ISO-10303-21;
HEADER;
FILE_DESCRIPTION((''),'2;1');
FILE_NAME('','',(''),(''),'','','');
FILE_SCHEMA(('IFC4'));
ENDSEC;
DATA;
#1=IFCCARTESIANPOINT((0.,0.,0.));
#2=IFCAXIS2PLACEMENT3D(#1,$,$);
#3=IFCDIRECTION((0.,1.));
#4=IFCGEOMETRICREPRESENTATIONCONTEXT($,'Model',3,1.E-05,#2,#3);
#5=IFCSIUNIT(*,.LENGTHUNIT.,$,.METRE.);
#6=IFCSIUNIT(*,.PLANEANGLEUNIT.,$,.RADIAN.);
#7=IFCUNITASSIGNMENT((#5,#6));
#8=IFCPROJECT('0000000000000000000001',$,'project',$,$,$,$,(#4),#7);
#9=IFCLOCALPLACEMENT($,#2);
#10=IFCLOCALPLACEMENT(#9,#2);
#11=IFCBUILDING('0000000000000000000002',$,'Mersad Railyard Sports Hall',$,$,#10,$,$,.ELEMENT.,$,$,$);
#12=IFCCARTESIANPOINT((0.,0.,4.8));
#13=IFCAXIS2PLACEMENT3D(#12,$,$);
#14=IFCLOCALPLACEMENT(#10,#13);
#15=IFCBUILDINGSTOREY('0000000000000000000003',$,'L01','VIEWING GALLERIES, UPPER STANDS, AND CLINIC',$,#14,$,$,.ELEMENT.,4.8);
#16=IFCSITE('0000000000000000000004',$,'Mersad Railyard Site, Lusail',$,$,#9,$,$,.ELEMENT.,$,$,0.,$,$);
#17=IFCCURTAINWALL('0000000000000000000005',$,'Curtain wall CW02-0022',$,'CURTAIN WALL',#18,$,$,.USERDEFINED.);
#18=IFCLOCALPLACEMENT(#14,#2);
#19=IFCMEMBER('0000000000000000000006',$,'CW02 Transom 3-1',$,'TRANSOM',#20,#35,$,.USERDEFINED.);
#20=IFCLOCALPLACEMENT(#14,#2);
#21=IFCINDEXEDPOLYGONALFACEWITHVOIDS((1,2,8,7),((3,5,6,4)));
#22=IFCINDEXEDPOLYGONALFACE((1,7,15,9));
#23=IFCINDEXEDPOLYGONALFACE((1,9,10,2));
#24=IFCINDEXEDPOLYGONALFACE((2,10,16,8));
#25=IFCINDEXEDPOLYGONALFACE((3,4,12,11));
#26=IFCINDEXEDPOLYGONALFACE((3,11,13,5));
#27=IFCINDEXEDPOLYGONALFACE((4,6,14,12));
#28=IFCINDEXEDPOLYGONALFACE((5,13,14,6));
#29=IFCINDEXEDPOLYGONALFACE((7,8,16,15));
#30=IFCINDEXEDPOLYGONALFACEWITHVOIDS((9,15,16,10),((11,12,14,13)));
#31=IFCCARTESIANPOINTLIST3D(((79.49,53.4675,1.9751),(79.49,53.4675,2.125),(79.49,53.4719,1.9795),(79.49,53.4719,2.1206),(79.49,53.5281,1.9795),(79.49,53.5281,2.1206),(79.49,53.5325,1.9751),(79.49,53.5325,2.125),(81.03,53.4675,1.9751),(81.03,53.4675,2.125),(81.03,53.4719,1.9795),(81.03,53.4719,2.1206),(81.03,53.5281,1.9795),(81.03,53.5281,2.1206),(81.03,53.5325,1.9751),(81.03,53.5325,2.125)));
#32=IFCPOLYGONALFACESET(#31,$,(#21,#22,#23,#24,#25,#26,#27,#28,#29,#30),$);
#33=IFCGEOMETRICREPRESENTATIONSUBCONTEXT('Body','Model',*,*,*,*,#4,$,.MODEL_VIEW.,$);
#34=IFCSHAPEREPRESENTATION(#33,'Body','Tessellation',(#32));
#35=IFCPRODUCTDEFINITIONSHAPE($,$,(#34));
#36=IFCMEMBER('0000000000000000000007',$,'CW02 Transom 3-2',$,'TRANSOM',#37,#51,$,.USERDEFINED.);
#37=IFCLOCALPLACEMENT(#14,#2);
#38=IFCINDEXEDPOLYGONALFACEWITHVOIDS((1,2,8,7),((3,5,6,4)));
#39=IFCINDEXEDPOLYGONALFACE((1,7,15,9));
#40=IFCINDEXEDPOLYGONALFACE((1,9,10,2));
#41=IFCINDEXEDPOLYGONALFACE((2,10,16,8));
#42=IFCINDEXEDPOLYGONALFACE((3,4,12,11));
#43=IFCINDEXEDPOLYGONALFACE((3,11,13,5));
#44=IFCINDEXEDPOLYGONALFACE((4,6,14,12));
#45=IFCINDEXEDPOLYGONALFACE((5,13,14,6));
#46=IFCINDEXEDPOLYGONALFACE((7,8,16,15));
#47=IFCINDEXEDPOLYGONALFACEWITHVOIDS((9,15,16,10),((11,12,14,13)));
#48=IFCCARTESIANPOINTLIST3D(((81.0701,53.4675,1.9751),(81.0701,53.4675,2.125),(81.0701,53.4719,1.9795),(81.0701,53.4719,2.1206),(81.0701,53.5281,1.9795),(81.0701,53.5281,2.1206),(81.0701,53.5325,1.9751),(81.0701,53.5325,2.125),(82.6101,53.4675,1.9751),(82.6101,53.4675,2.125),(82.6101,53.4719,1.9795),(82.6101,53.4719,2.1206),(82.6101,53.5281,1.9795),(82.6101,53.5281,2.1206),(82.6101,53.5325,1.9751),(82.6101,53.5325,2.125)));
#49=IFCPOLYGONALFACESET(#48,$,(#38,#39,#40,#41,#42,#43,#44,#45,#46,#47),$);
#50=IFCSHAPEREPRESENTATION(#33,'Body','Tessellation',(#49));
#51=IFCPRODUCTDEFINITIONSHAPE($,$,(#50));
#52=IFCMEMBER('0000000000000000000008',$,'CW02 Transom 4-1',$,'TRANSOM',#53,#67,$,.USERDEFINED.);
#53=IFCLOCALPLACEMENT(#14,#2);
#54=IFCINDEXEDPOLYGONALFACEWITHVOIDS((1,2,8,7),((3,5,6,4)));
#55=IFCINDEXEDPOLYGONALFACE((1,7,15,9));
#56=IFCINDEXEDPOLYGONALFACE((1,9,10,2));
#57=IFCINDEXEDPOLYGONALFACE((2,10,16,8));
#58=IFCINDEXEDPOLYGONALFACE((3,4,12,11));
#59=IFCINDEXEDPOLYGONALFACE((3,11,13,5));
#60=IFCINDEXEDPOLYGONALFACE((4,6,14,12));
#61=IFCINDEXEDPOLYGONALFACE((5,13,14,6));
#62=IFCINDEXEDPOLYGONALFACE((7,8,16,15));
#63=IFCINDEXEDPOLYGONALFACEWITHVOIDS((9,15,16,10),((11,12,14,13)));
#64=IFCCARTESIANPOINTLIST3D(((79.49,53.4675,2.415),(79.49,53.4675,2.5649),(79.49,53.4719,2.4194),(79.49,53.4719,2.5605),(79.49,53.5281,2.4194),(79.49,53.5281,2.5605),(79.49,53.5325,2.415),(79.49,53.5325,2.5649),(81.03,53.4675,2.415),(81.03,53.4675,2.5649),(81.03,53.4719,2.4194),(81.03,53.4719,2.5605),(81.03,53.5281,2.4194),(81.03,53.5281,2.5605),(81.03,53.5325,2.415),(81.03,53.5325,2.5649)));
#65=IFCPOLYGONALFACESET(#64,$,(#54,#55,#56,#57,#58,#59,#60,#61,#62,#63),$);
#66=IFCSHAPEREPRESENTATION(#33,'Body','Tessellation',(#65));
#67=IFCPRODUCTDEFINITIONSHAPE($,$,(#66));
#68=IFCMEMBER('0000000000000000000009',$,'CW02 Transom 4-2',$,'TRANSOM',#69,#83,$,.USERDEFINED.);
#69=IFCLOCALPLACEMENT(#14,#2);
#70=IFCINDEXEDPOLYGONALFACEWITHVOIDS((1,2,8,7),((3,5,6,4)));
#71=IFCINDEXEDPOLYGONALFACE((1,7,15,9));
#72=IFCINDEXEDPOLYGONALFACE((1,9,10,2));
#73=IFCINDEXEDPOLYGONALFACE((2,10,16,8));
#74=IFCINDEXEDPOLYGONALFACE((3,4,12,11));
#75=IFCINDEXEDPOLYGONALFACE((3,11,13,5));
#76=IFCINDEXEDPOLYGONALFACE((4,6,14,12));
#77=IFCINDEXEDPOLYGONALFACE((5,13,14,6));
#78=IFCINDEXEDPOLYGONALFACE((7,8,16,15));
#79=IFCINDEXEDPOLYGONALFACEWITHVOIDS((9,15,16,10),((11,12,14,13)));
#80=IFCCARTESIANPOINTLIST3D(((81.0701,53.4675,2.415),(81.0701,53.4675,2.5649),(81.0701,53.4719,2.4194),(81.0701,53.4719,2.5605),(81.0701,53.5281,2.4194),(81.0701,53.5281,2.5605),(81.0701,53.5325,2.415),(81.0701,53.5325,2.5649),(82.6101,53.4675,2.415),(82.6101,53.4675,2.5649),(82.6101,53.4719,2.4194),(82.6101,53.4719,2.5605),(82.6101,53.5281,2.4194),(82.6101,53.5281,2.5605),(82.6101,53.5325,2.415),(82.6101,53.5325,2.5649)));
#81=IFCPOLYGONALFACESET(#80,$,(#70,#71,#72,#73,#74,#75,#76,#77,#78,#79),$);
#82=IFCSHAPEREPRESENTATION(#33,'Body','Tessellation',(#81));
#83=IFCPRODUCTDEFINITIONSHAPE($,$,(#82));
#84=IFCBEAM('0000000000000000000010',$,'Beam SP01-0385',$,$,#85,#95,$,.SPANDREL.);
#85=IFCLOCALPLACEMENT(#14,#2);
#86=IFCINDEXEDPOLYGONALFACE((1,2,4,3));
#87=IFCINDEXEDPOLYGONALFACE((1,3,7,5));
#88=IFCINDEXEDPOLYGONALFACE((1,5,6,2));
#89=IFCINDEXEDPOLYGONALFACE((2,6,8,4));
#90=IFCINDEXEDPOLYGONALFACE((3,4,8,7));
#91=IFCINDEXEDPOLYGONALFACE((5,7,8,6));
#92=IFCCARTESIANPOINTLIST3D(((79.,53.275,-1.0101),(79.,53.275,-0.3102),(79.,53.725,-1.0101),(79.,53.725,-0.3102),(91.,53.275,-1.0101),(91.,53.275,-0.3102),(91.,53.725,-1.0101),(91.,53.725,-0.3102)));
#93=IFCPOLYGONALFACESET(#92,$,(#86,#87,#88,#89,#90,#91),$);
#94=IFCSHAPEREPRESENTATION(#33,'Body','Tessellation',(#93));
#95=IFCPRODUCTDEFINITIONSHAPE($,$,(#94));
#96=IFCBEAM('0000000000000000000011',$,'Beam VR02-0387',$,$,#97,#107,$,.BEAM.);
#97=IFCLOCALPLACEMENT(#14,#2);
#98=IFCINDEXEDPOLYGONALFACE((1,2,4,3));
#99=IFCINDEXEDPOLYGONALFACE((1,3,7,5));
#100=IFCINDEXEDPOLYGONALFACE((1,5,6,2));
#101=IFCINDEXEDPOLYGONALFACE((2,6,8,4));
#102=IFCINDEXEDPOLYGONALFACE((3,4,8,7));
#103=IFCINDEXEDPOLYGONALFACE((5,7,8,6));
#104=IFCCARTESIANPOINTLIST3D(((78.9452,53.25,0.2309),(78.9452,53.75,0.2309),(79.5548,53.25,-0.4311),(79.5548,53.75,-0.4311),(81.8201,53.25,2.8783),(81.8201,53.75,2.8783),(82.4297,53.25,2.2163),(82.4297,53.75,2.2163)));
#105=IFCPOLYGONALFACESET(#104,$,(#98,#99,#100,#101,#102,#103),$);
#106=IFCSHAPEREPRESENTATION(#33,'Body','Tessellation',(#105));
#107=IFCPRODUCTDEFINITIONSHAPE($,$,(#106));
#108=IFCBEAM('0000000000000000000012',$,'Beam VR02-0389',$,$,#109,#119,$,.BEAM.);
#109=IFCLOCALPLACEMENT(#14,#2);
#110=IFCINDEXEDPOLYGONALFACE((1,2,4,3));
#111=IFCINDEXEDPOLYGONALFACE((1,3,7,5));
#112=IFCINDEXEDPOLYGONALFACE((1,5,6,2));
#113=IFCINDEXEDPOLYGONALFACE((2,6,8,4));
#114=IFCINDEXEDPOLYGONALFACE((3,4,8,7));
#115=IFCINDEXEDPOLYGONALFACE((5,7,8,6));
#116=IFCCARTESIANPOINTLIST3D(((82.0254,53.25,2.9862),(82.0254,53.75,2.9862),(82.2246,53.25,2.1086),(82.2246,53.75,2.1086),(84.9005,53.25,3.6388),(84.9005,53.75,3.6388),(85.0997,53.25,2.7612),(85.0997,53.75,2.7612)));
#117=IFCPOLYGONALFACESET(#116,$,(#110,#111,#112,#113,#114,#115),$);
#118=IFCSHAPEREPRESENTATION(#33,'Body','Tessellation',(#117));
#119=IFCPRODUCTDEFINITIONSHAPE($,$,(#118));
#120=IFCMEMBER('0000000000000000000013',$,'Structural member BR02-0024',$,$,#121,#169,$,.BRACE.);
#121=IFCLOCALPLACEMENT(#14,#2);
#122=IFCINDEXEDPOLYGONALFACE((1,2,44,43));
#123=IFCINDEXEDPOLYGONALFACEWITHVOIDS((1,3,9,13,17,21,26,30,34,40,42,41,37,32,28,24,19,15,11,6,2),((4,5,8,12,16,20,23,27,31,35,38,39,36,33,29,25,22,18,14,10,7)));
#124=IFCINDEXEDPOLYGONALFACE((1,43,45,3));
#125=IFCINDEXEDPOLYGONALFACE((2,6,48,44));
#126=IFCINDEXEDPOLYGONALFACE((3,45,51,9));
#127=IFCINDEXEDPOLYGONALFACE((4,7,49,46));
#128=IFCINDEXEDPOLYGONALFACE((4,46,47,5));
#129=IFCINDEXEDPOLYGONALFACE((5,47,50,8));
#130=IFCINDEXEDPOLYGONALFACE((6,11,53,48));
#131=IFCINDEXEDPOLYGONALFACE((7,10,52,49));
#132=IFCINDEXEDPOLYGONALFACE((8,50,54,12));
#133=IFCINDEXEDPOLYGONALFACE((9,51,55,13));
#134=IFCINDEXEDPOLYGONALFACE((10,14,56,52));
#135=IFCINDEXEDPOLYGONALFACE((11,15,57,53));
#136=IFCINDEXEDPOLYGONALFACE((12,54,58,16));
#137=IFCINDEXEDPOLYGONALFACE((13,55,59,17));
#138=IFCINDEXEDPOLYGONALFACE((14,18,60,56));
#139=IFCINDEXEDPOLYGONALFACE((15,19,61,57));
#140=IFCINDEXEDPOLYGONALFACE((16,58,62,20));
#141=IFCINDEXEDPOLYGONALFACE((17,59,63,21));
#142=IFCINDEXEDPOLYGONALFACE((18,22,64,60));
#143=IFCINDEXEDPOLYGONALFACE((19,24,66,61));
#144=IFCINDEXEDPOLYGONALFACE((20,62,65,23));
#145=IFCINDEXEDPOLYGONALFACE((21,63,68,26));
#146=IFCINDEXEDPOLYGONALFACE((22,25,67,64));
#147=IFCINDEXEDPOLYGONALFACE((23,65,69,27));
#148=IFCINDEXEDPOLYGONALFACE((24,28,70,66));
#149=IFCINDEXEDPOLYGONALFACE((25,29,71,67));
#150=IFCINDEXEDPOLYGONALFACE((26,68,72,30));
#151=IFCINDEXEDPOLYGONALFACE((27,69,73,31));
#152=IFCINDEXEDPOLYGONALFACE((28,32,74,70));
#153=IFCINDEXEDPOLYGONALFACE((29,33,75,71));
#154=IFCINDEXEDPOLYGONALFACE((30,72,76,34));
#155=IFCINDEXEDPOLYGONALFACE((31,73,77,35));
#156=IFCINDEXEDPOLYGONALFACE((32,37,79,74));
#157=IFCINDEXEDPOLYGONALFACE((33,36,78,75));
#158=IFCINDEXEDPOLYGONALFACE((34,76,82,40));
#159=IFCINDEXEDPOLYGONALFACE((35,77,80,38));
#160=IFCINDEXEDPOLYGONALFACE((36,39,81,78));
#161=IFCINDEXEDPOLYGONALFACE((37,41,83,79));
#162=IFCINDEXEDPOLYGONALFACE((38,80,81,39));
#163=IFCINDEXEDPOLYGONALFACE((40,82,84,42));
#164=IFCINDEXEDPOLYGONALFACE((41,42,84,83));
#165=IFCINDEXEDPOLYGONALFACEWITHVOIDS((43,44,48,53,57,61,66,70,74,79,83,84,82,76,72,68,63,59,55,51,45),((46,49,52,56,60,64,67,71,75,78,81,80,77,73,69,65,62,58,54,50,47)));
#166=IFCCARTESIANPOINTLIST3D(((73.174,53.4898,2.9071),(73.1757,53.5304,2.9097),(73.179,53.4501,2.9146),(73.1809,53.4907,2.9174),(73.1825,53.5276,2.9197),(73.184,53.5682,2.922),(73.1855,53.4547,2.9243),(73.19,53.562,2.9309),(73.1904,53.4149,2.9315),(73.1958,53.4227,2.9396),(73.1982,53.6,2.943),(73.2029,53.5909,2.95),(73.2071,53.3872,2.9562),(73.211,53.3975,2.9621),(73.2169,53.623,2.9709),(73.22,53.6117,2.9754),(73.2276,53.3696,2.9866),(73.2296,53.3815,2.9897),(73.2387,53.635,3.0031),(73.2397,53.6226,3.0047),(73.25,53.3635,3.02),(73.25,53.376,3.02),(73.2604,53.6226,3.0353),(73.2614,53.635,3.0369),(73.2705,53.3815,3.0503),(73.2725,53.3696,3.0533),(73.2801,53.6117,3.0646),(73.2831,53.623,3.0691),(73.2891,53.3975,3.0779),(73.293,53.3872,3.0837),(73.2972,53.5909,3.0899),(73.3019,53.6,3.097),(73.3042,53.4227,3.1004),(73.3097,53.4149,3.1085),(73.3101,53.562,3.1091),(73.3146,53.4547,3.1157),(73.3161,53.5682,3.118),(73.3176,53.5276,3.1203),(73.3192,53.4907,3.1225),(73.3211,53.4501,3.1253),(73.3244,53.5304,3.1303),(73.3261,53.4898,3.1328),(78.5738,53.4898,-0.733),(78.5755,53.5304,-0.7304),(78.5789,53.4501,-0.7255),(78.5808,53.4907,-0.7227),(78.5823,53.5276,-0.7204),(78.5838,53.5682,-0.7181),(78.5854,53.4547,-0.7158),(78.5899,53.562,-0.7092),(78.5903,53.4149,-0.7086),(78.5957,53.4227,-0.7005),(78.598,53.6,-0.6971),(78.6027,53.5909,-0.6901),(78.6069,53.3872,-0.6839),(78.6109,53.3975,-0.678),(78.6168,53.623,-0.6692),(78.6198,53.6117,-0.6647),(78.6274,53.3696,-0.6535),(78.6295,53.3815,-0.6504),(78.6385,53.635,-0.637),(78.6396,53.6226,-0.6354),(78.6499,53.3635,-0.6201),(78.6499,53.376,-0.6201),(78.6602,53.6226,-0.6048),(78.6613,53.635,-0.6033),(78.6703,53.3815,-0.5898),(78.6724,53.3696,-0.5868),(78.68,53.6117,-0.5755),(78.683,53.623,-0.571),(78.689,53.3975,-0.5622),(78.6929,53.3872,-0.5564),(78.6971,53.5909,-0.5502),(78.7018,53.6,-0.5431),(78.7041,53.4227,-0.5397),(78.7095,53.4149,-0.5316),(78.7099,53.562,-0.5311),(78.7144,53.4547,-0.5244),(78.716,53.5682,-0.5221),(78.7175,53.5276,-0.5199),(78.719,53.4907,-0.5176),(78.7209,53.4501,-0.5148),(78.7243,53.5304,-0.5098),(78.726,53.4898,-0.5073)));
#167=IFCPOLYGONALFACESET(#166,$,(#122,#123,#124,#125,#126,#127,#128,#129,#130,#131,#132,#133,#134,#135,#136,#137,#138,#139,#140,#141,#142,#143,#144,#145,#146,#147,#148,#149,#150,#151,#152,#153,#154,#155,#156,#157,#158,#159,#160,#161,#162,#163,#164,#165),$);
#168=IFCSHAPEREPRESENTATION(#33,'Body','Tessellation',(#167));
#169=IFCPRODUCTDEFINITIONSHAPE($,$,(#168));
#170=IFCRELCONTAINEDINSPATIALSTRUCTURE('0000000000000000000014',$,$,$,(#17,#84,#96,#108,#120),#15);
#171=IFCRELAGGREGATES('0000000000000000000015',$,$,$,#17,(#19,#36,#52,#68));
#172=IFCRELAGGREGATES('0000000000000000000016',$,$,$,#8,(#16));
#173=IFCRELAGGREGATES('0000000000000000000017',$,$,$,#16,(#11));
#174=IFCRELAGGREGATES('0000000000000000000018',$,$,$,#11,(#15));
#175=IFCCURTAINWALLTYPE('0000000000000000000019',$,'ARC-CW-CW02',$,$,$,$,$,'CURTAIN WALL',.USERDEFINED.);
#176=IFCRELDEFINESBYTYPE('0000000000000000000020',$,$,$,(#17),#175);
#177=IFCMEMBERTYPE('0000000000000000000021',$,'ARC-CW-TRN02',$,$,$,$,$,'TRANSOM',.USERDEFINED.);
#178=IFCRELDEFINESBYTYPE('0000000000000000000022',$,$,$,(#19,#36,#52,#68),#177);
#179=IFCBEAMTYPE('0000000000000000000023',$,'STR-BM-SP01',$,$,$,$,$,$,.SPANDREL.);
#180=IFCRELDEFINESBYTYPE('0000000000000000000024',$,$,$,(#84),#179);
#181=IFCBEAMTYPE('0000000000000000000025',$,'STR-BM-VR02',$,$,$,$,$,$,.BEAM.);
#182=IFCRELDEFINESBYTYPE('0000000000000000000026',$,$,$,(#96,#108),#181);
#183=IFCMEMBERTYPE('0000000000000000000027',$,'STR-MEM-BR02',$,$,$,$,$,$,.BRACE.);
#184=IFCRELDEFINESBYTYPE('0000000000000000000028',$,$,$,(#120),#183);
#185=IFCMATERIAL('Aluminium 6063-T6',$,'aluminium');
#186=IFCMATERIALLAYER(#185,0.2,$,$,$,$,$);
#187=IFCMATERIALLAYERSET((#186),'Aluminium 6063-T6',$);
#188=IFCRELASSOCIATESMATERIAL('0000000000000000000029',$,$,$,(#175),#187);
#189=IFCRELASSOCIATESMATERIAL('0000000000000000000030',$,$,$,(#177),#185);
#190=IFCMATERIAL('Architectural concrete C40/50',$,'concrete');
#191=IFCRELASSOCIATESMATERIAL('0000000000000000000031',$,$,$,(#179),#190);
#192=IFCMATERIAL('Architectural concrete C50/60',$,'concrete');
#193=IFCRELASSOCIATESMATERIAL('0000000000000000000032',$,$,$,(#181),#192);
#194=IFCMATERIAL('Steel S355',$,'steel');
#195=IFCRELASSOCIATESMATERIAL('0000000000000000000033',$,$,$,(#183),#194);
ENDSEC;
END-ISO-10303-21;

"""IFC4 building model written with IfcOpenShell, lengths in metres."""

from ifc_helpers import new_model, si_unit, direction, frame, origin, origin_2d, place, context, subcontext, project, spatial, rectangle, hollow_rectangle, hollow_circle, extrude, material, layer, layer_set, material_profile, profile_set, type_object, element, aggregate, save


model = new_model("IFC4")

# Units and contexts
model_context = context("Model", 3, precision=1e-05, world=origin(), true_north=direction((0.0, 1.0)))
body_context = subcontext(model_context, "Body", "Model", "MODEL_VIEW")
ifc_project = project(units=[si_unit("LENGTHUNIT", "METRE"), si_unit("PLANEANGLEUNIT", "RADIAN")], contexts=[model_context])

# Site, building, storey
site_placement = place(None, origin())
site = spatial("IfcSite", under=ifc_project, at=site_placement, Name="Mersad Railyard Site, Lusail", CompositionType="ELEMENT", RefElevation=0.0)
building_placement = place(site_placement, origin())
building = spatial("IfcBuilding", under=site, at=building_placement, Name="Mersad Railyard Sports Hall", CompositionType="ELEMENT")
storey_placement = place(building_placement, frame((0.0, 0.0, 4.8)))
storey = spatial("IfcBuildingStorey", under=building, at=storey_placement, Name="L01", Description="VIEWING GALLERIES, UPPER STANDS, AND CLINIC", CompositionType="ELEMENT", Elevation=4.8)

# Shared definitions
ifc_material_1 = material(Name="Architectural concrete C50/60", Category="concrete")

# Shared definitions
ifc_material_2 = material(Name="Aluminium 6063-T6", Category="aluminium")
ifc_layer_1 = layer(ifc_material_2, 0.2)
ifc_layer_set_1 = layer_set([ifc_layer_1], Name="Aluminium 6063-T6")
curtain_wall_type = type_object("IfcCurtainWallType", Name="ARC-CW-CW02", ElementType="CURTAIN WALL", PredefinedType="USERDEFINED", material=ifc_layer_set_1)

# Curtain wall, members
curtain_wall_1_placement = place(storey_placement, origin())
curtain_wall_1 = element("IfcCurtainWall", 1, at=curtain_wall_1_placement, inside=storey, type_object=curtain_wall_type, Name="Curtain wall CW02-0022", ObjectType="CURTAIN WALL", PredefinedType="USERDEFINED")
ifc_material_profile_1 = material_profile(ifc_material_2, hollow_rectangle(XDim=0.0649, YDim=0.1499, WallThickness=0.0044, at=origin_2d()), Name="AL TRANSOM 65x150x4.5")
ifc_profile_set_1 = profile_set([ifc_material_profile_1], Name="Aluminium 6063-T6")
member_type_1 = type_object("IfcMemberType", Name="ARC-CW-TRN02", ElementType="TRANSOM", PredefinedType="USERDEFINED", material=ifc_profile_set_1)
member_1_placement = place(storey_placement, frame((79.49, 53.5, 2.05), z_axis=(1.0, 0.0, 0.0), x_axis=(0.0, 1.0, 0.0)))
member_1 = element("IfcMember", 2, at=member_1_placement, type_object=member_type_1, Name="CW02 Transom 3-1", ObjectType="TRANSOM", PredefinedType="USERDEFINED", context=body_context, shape_type="SweptSolid", body=[
    extrude(hollow_rectangle(XDim=0.0649, YDim=0.1499, WallThickness=0.0044, at=origin_2d()), origin(), (0.0, 0.0, 1.0), 1.54),
])
member_2_placement = place(storey_placement, frame((81.0701, 53.5, 2.05), z_axis=(1.0, 0.0, 0.0), x_axis=(0.0, 1.0, 0.0)))
member_2 = element("IfcMember", 3, at=member_2_placement, type_object=member_type_1, Name="CW02 Transom 3-2", ObjectType="TRANSOM", PredefinedType="USERDEFINED", context=body_context, shape_type="SweptSolid", body=[
    extrude(hollow_rectangle(XDim=0.0649, YDim=0.1499, WallThickness=0.0044, at=origin_2d()), origin(), (0.0, 0.0, 1.0), 1.54),
])
member_3_placement = place(storey_placement, frame((79.49, 53.5, 2.49), z_axis=(1.0, 0.0, 0.0), x_axis=(0.0, 1.0, 0.0)))
member_3 = element("IfcMember", 4, at=member_3_placement, type_object=member_type_1, Name="CW02 Transom 4-1", ObjectType="TRANSOM", PredefinedType="USERDEFINED", context=body_context, shape_type="SweptSolid", body=[
    extrude(hollow_rectangle(XDim=0.0649, YDim=0.1499, WallThickness=0.0044, at=origin_2d()), origin(), (0.0, 0.0, 1.0), 1.54),
])
member_4_placement = place(storey_placement, frame((81.0701, 53.5, 2.49), z_axis=(1.0, 0.0, 0.0), x_axis=(0.0, 1.0, 0.0)))
member_4 = element("IfcMember", 5, at=member_4_placement, type_object=member_type_1, Name="CW02 Transom 4-2", ObjectType="TRANSOM", PredefinedType="USERDEFINED", context=body_context, shape_type="SweptSolid", body=[
    extrude(hollow_rectangle(XDim=0.0649, YDim=0.1499, WallThickness=0.0044, at=origin_2d()), origin(), (0.0, 0.0, 1.0), 1.54),
])

# Beams
ifc_material_3 = material(Name="Architectural concrete C40/50", Category="concrete")
ifc_material_profile_2 = material_profile(ifc_material_3, rectangle(XDim=0.45, YDim=0.7, at=origin_2d()), Name="RC 450x700")
ifc_profile_set_2 = profile_set([ifc_material_profile_2], Name="Architectural concrete C40/50")
beam_type_1 = type_object("IfcBeamType", Name="STR-BM-SP01", PredefinedType="SPANDREL", material=ifc_profile_set_2)
beam_1_placement = place(storey_placement, frame((79.0, 53.5, -0.6602), z_axis=(1.0, 0.0, 0.0), x_axis=(0.0, 1.0, 0.0)))
element("IfcBeam", 6, at=beam_1_placement, inside=storey, type_object=beam_type_1, Name="Beam SP01-0385", PredefinedType="SPANDREL", context=body_context, shape_type="SweptSolid", body=[
    extrude(rectangle(XDim=0.45, YDim=0.7, at=origin_2d()), origin(), (0.0, 0.0, 1.0), 12.0),
])
ifc_material_profile_3 = material_profile(ifc_material_1, rectangle(XDim=0.5, YDim=0.8999, at=origin_2d()), Name="VR 500x900")
ifc_profile_set_3 = profile_set([ifc_material_profile_3], Name="Architectural concrete C50/60")
beam_type_2 = type_object("IfcBeamType", Name="STR-BM-VR02", PredefinedType="BEAM", material=ifc_profile_set_3)
beam_2_placement = place(storey_placement, frame((79.25, 53.5, -0.1001), z_axis=(0.735617, 0.0, 0.677397), x_axis=(0.0, 1.0, 0.0)))
element("IfcBeam", 7, at=beam_2_placement, inside=storey, type_object=beam_type_2, Name="Beam VR02-0387", PredefinedType="BEAM", context=body_context, shape_type="SweptSolid", body=[
    extrude(rectangle(XDim=0.5, YDim=0.8999, at=origin_2d()), origin(), (0.0, 0.0, 1.0), 3.9082),
])
beam_3_placement = place(storey_placement, frame((82.125, 53.5, 2.5474), z_axis=(0.975193, 0.0, 0.221356), x_axis=(0.0, 1.0, 0.0)))
element("IfcBeam", 8, at=beam_3_placement, inside=storey, type_object=beam_type_2, Name="Beam VR02-0389", PredefinedType="BEAM", context=body_context, shape_type="SweptSolid", body=[
    extrude(rectangle(XDim=0.5, YDim=0.8999, at=origin_2d()), origin(), (0.0, 0.0, 1.0), 2.9482),
])

# Member
ifc_material_4 = material(Name="Steel S355", Category="steel")
ifc_material_profile_4 = material_profile(ifc_material_4, hollow_circle(Radius=0.1365, WallThickness=0.0125, at=origin_2d()), Name="CHS 273x12.5")
ifc_profile_set_4 = profile_set([ifc_material_profile_4], Name="Steel S355")
member_type_2 = type_object("IfcMemberType", Name="STR-MEM-BR02", PredefinedType="BRACE", material=ifc_profile_set_4)
for number, where, z_axis, x_axis, name in (
    (9, (78.6499, 53.5, -0.6201), (-0.82919, 0.0, 0.558967), (0.0, -1.0, 0.0), "Structural member BR02-0024"),
):
    element("IfcMember", number, at=place(storey_placement, frame(where, z_axis=z_axis, x_axis=x_axis)), inside=storey, type_object=member_type_2, Name=name, PredefinedType="BRACE", context=body_context, shape_type="SweptSolid", body=[
        extrude(hollow_circle(Radius=0.1365, WallThickness=0.0125, at=origin_2d()), origin(), (0.0, 0.0, 1.0), 6.5122),
    ])

aggregate(curtain_wall_1, [member_1, member_2, member_3, member_4])

save(model, "model.ifc")
